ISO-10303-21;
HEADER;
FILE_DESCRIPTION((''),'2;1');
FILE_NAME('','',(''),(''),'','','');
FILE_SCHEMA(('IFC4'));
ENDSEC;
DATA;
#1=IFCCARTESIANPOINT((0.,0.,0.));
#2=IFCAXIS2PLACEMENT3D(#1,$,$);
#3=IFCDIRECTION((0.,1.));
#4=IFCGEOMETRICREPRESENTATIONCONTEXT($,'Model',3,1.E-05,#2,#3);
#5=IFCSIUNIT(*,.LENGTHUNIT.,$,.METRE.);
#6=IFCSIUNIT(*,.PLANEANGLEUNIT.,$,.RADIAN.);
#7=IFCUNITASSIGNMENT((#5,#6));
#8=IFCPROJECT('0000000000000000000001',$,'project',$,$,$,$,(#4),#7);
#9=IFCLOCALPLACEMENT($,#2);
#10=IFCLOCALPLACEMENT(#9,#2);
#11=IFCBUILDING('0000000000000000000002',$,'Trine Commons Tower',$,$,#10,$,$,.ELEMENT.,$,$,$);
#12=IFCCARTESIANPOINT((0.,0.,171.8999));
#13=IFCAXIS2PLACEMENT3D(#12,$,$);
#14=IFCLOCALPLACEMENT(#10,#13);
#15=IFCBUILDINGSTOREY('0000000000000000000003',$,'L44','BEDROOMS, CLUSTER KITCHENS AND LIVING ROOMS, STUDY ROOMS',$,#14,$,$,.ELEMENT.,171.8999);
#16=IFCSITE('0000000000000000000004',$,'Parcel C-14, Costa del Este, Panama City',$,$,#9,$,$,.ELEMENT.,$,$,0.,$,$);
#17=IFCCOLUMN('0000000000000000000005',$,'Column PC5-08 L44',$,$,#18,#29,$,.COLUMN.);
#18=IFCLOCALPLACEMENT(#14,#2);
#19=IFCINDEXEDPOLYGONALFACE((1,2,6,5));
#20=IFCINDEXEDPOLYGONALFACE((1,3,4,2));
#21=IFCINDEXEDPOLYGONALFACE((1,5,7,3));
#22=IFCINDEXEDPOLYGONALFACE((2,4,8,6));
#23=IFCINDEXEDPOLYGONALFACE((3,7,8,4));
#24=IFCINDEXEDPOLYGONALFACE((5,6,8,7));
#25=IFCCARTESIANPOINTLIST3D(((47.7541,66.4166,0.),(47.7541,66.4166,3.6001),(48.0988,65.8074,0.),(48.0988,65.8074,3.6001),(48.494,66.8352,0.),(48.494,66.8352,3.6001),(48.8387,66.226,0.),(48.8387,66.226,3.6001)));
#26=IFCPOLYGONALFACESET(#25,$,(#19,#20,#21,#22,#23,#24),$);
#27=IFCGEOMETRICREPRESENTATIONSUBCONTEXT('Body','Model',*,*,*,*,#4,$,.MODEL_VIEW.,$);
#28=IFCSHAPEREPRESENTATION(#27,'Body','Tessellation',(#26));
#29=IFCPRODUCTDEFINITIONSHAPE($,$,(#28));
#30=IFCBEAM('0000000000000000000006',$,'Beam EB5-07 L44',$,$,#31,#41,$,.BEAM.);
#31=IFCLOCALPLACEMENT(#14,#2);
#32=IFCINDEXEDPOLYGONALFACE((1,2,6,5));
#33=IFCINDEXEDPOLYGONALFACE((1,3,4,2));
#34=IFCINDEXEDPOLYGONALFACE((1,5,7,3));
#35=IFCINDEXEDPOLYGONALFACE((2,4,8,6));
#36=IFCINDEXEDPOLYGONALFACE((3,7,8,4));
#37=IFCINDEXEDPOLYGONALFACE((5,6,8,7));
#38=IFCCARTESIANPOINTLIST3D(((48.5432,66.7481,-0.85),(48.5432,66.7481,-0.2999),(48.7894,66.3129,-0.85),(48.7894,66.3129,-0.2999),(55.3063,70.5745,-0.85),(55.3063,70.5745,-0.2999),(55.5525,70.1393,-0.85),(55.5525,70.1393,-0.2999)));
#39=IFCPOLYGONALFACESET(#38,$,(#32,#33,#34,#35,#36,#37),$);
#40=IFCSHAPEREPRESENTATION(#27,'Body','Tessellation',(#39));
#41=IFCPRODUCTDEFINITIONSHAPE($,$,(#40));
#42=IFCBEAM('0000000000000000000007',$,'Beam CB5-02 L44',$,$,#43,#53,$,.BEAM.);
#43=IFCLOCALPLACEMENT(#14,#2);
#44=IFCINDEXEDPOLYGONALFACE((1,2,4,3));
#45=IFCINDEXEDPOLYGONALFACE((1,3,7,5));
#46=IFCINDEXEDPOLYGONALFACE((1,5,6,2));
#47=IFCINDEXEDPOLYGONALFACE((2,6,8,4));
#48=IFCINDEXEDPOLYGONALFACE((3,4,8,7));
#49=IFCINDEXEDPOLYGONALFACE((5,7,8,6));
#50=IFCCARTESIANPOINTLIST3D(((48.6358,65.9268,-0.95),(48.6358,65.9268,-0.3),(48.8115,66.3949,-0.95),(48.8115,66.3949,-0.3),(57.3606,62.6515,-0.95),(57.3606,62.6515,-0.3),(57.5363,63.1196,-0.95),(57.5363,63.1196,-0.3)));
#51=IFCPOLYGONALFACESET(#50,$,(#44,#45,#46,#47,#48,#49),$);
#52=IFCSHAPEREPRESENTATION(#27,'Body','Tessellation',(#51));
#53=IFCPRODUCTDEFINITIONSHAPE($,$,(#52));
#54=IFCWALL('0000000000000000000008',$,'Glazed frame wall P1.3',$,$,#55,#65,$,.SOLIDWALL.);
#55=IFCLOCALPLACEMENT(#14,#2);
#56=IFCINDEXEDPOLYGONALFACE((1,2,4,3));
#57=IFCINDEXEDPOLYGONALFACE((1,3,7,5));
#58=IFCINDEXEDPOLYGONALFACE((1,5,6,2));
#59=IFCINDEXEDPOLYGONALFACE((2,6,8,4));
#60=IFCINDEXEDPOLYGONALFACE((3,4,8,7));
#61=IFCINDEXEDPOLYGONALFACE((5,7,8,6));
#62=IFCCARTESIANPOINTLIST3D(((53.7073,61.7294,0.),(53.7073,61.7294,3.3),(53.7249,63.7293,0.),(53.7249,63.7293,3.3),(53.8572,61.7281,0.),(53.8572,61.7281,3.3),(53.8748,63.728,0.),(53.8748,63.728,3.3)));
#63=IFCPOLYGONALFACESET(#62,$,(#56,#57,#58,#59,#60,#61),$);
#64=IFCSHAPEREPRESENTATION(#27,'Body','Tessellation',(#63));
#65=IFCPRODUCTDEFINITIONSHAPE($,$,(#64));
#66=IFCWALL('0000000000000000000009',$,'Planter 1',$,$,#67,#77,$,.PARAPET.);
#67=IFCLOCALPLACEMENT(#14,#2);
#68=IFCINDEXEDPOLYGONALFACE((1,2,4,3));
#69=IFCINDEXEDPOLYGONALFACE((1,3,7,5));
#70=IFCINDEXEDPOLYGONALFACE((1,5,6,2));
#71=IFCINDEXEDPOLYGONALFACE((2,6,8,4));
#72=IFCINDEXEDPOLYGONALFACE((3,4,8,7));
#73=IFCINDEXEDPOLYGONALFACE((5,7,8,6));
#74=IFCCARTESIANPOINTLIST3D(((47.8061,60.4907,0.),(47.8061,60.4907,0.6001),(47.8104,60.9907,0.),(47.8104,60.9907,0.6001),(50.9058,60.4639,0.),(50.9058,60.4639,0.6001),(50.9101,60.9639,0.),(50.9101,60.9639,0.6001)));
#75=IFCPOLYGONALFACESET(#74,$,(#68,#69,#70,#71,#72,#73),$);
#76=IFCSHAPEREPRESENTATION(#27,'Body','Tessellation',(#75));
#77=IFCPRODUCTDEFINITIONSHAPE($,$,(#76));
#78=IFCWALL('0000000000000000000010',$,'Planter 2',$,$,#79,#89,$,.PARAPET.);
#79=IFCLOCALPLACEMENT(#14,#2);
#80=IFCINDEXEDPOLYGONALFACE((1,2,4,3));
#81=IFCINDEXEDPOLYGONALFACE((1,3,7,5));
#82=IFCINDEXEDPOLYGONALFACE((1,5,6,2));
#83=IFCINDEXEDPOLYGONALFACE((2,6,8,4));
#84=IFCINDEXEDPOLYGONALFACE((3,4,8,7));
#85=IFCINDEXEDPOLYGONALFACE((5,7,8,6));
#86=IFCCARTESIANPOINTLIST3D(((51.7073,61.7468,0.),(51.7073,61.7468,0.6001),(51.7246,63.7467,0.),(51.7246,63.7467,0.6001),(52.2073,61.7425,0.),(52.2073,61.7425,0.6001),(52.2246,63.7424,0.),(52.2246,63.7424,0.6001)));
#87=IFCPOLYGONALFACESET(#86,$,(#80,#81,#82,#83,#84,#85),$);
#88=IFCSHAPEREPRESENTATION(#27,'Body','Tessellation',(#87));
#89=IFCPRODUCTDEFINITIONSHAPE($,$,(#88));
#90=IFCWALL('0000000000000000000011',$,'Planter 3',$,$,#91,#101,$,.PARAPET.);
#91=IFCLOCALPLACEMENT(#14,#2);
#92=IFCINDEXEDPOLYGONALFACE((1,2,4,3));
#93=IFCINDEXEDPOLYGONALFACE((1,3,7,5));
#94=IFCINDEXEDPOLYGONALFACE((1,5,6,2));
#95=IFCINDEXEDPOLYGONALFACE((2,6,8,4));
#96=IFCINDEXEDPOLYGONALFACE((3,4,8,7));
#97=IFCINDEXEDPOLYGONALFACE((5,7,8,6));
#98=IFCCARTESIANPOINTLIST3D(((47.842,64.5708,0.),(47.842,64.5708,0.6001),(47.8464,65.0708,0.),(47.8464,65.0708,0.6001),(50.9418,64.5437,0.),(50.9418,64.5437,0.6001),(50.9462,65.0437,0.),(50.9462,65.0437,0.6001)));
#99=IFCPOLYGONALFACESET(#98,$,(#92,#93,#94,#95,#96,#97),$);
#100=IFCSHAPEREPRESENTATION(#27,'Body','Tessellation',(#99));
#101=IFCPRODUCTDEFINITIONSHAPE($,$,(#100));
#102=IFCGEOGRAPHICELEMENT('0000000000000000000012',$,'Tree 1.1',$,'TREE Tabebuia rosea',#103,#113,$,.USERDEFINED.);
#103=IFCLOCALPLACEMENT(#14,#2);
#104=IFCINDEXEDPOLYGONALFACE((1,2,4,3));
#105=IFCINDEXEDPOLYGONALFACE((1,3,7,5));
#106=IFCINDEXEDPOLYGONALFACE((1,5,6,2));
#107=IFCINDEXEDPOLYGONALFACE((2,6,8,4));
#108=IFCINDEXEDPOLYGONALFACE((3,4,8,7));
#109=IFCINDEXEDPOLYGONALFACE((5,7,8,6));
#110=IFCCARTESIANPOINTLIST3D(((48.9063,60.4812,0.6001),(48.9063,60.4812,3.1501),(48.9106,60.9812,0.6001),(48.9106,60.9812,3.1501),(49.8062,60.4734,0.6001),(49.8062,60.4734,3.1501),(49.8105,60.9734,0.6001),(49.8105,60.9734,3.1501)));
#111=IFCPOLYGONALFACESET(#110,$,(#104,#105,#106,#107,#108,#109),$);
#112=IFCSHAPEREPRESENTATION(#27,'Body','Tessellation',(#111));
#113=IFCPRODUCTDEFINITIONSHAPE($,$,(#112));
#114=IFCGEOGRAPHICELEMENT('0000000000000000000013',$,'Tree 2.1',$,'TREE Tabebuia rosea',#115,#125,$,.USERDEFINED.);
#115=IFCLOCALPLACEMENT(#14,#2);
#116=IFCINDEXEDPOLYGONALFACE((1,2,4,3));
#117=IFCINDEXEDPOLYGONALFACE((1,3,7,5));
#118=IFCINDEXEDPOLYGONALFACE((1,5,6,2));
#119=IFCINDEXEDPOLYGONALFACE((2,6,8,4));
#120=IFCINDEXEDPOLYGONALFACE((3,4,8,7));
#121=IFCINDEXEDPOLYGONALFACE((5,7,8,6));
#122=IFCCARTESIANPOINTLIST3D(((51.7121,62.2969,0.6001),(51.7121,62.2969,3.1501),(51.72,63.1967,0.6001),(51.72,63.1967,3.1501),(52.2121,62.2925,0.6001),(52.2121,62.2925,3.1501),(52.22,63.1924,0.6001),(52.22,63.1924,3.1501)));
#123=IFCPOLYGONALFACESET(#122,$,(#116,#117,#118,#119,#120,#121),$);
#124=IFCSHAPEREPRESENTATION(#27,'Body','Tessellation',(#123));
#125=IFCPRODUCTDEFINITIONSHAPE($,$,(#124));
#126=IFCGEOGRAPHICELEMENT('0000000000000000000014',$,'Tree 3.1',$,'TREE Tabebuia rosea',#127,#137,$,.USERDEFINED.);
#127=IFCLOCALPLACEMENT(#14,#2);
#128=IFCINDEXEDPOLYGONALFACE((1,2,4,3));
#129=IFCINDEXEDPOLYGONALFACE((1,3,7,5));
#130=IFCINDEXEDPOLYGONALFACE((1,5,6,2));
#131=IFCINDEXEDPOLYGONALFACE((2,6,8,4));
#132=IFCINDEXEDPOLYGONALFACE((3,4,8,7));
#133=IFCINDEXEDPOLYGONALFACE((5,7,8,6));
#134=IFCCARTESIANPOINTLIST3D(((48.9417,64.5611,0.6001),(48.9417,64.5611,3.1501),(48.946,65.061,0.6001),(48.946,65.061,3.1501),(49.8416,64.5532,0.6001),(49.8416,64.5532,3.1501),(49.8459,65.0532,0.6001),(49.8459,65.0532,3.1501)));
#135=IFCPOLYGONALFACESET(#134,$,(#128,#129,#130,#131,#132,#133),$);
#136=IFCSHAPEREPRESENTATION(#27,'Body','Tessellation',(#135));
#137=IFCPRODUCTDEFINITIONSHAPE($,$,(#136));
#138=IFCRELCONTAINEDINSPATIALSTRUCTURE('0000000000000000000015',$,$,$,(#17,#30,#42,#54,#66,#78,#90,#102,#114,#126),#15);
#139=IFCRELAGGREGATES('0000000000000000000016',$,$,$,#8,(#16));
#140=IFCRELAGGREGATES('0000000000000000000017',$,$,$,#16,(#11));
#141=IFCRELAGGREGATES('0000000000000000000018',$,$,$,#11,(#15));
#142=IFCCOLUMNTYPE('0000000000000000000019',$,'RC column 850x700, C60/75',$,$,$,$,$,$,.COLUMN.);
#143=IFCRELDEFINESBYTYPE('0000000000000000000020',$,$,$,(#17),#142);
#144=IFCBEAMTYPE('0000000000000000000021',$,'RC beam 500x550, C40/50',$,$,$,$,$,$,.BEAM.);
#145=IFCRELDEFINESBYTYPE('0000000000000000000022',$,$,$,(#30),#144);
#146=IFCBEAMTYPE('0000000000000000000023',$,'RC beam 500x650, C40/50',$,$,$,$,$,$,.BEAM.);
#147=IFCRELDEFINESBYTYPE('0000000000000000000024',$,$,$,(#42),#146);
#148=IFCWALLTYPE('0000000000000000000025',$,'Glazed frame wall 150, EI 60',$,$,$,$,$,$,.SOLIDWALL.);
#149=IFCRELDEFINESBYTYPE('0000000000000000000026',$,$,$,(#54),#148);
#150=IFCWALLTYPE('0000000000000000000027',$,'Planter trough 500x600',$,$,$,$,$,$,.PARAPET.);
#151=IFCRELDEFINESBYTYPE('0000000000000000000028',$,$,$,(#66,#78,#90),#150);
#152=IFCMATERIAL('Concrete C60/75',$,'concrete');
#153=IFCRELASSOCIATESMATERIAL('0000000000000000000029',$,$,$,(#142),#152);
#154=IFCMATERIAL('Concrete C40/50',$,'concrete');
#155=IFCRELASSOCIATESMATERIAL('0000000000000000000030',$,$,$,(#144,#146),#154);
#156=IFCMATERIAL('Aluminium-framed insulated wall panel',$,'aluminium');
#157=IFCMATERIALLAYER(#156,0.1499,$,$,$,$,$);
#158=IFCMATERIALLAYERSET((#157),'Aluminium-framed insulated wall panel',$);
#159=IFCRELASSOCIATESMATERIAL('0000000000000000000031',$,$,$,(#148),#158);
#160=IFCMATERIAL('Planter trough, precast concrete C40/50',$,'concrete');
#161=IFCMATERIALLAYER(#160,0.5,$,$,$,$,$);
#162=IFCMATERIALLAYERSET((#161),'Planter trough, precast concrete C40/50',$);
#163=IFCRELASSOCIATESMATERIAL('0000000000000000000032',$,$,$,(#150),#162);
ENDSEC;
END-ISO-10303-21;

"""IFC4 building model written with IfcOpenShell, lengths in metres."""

from ifc_helpers import new_model, si_unit, direction, frame, frame_2d, origin, origin_2d, place, context, subcontext, project, spatial, polyline, rectangle, outline, extrude, material, layer, layer_set, material_profile, profile_set, type_object, element, save


model = new_model("IFC4")

# Units and contexts
model_context = context("Model", 3, precision=1e-05, world=origin(), true_north=direction((0.0, 1.0)))
body_context = subcontext(model_context, "Body", "Model", "MODEL_VIEW")
ifc_project = project(units=[si_unit("LENGTHUNIT", "METRE"), si_unit("PLANEANGLEUNIT", "RADIAN")], contexts=[model_context])

# Site, building, storey
site_placement = place(None, origin())
site = spatial("IfcSite", under=ifc_project, at=site_placement, Name="Parcel C-14, Costa del Este, Panama City", CompositionType="ELEMENT", RefElevation=0.0)
building_placement = place(site_placement, origin())
building = spatial("IfcBuilding", under=site, at=building_placement, Name="Trine Commons Tower", CompositionType="ELEMENT")
storey_placement = place(building_placement, frame((0.0, 0.0, 171.8999)))
storey = spatial("IfcBuildingStorey", under=building, at=storey_placement, Name="L44", Description="BEDROOMS, CLUSTER KITCHENS AND LIVING ROOMS, STUDY ROOMS", CompositionType="ELEMENT", Elevation=171.8999)

# Column
ifc_material_1 = material(Name="Concrete C60/75", Category="concrete")
ifc_material_profile_1 = material_profile(ifc_material_1, rectangle(XDim=0.8501, YDim=0.7, at=origin_2d()), Name="RC 850x700")
ifc_profile_set_1 = profile_set([ifc_material_profile_1], Name="Concrete C60/75")
column_type = type_object("IfcColumnType", Name="RC column 850x700, C60/75", PredefinedType="COLUMN", material=ifc_profile_set_1)
column_placement = place(storey_placement, frame((48.2964, 66.3213, 0.0), z_axis=(0.0, 0.0, 1.0), x_axis=(0.870356, 0.492424, 0.0)))
element("IfcColumn", 1, at=column_placement, inside=storey, type_object=column_type, Name="Column PC5-08 L44", PredefinedType="COLUMN", context=body_context, shape_type="SweptSolid", body=[
    extrude(rectangle(XDim=0.8501, YDim=0.7, at=origin_2d()), origin(), (0.0, 0.0, 1.0), 3.6001),
])

# Beams
ifc_material_2 = material(Name="Concrete C40/50", Category="concrete")
ifc_material_profile_2 = material_profile(ifc_material_2, rectangle(XDim=0.5, YDim=0.55, at=origin_2d()), Name="RC 500x550")
ifc_profile_set_2 = profile_set([ifc_material_profile_2], Name="Concrete C40/50")
beam_type_1 = type_object("IfcBeamType", Name="RC beam 500x550, C40/50", PredefinedType="BEAM", material=ifc_profile_set_2)
beam_1_placement = place(storey_placement, frame((48.6663, 66.5305, -0.575), z_axis=(0.870356, 0.492423, 0.0), x_axis=(-0.492423, 0.870356, 0.0)))
element("IfcBeam", 2, at=beam_1_placement, inside=storey, type_object=beam_type_1, Name="Beam EB5-07 L44", PredefinedType="BEAM", context=body_context, shape_type="SweptSolid", body=[
    extrude(rectangle(XDim=0.5, YDim=0.55, at=origin_2d()), origin(), (0.0, 0.0, 1.0), 7.7705),
])
ifc_material_profile_3 = material_profile(ifc_material_2, rectangle(XDim=0.5, YDim=0.6499, at=origin_2d()), Name="RC 500x650")
ifc_profile_set_3 = profile_set([ifc_material_profile_3], Name="Concrete C40/50")
beam_type_2 = type_object("IfcBeamType", Name="RC beam 500x650, C40/50", PredefinedType="BEAM", material=ifc_profile_set_3)
beam_2_placement = place(storey_placement, frame((48.7236, 66.1609, -0.625), z_axis=(0.936203, -0.351459, 0.0), x_axis=(0.351459, 0.936203, 0.0)))
element("IfcBeam", 3, at=beam_2_placement, inside=storey, type_object=beam_type_2, Name="Beam CB5-02 L44", PredefinedType="BEAM", context=body_context, shape_type="SweptSolid", body=[
    extrude(rectangle(XDim=0.5, YDim=0.6499, at=origin_2d()), origin(), (0.0, 0.0, 1.0), 9.3193),
])

# Wall
ifc_material_3 = material(Name="Aluminium-framed insulated wall panel", Category="aluminium")
ifc_layer_1 = layer(ifc_material_3, 0.1499)
ifc_layer_set_1 = layer_set([ifc_layer_1], Name="Aluminium-framed insulated wall panel")
wall_type_1 = type_object("IfcWallType", Name="Glazed frame wall 150, EI 60", PredefinedType="SOLIDWALL", material=ifc_layer_set_1)
wall_1_placement = place(storey_placement, frame((53.7822, 61.7288, 0.0), z_axis=(0.0, 0.0, 1.0), x_axis=(0.008789, 0.999961, 0.0)))
element("IfcWall", 4, at=wall_1_placement, inside=storey, type_object=wall_type_1, Name="Glazed frame wall P1.3", PredefinedType="SOLIDWALL", context=body_context, shape_type="SweptSolid", body=[
    extrude(outline(polyline([(0.0, -0.075), (2.0, -0.075), (2.0, 0.075), (0.0, 0.075), (0.0, -0.075)])), origin(), (0.0, 0.0, 1.0), 3.3),
])

# Walls
ifc_material_4 = material(Name="Planter trough, precast concrete C40/50", Category="concrete")
ifc_layer_2 = layer(ifc_material_4, 0.5)
ifc_layer_set_2 = layer_set([ifc_layer_2], Name="Planter trough, precast concrete C40/50")
wall_type_2 = type_object("IfcWallType", Name="Planter trough 500x600", PredefinedType="PARAPET", material=ifc_layer_set_2)
wall_2_placement = place(storey_placement, frame((47.8083, 60.7407, 0.0), z_axis=(0.0, 0.0, 1.0), x_axis=(0.999962, -0.008663, 0.0)))
element("IfcWall", 5, at=wall_2_placement, inside=storey, type_object=wall_type_2, Name="Planter 1", PredefinedType="PARAPET", context=body_context, shape_type="SweptSolid", body=[
    extrude(rectangle(XDim=3.0999, YDim=0.5, at=frame_2d((1.5498, 0.0))), origin(), (0.0, 0.0, 1.0), 0.6001),
])
wall_3_placement = place(storey_placement, frame((51.9573, 61.7446, 0.0), z_axis=(0.0, 0.0, 1.0), x_axis=(0.008667, 0.999962, 0.0)))
element("IfcWall", 6, at=wall_3_placement, inside=storey, type_object=wall_type_2, Name="Planter 2", PredefinedType="PARAPET", context=body_context, shape_type="SweptSolid", body=[
    extrude(rectangle(XDim=2.0, YDim=0.5, at=frame_2d((1.0, 0.0))), origin(), (0.0, 0.0, 1.0), 0.6001),
])
wall_4_placement = place(storey_placement, frame((50.9438, 64.7937, 0.0), z_axis=(0.0, 0.0, 1.0), x_axis=(-0.999962, 0.008742, 0.0)))
element("IfcWall", 7, at=wall_4_placement, inside=storey, type_object=wall_type_2, Name="Planter 3", PredefinedType="PARAPET", context=body_context, shape_type="SweptSolid", body=[
    extrude(rectangle(XDim=3.0999, YDim=0.5, at=frame_2d((1.5498, 0.0))), origin(), (0.0, 0.0, 1.0), 0.6001),
])

# Geographic elements
for number, where, z_axis, x_axis, name in (
    (8, (49.3584, 60.7273, 0.6001), (0.0, 0.0, 1.0), (0.999962, -0.008727, 0.0), "Tree 1.1"),
    (9, (51.9661, 62.7446, 0.6001), (0.0, 0.0, 1.0), (0.008727, 0.999962, 0.0), "Tree 2.1"),
    (10, (49.3938, 64.8071, 0.6001), (0.0, 0.0, 1.0), (-0.999962, 0.008727, 0.0), "Tree 3.1"),
):
    element("IfcGeographicElement", number, at=place(storey_placement, frame(where, z_axis=z_axis, x_axis=x_axis)), inside=storey, Name=name, ObjectType="TREE Tabebuia rosea", PredefinedType="USERDEFINED", context=body_context, shape_type="SweptSolid", body=[
        extrude(rectangle(XDim=0.8999, YDim=0.5, at=origin_2d()), origin(), (0.0, 0.0, 1.0), 2.55),
    ])

save(model, "model.ifc")
